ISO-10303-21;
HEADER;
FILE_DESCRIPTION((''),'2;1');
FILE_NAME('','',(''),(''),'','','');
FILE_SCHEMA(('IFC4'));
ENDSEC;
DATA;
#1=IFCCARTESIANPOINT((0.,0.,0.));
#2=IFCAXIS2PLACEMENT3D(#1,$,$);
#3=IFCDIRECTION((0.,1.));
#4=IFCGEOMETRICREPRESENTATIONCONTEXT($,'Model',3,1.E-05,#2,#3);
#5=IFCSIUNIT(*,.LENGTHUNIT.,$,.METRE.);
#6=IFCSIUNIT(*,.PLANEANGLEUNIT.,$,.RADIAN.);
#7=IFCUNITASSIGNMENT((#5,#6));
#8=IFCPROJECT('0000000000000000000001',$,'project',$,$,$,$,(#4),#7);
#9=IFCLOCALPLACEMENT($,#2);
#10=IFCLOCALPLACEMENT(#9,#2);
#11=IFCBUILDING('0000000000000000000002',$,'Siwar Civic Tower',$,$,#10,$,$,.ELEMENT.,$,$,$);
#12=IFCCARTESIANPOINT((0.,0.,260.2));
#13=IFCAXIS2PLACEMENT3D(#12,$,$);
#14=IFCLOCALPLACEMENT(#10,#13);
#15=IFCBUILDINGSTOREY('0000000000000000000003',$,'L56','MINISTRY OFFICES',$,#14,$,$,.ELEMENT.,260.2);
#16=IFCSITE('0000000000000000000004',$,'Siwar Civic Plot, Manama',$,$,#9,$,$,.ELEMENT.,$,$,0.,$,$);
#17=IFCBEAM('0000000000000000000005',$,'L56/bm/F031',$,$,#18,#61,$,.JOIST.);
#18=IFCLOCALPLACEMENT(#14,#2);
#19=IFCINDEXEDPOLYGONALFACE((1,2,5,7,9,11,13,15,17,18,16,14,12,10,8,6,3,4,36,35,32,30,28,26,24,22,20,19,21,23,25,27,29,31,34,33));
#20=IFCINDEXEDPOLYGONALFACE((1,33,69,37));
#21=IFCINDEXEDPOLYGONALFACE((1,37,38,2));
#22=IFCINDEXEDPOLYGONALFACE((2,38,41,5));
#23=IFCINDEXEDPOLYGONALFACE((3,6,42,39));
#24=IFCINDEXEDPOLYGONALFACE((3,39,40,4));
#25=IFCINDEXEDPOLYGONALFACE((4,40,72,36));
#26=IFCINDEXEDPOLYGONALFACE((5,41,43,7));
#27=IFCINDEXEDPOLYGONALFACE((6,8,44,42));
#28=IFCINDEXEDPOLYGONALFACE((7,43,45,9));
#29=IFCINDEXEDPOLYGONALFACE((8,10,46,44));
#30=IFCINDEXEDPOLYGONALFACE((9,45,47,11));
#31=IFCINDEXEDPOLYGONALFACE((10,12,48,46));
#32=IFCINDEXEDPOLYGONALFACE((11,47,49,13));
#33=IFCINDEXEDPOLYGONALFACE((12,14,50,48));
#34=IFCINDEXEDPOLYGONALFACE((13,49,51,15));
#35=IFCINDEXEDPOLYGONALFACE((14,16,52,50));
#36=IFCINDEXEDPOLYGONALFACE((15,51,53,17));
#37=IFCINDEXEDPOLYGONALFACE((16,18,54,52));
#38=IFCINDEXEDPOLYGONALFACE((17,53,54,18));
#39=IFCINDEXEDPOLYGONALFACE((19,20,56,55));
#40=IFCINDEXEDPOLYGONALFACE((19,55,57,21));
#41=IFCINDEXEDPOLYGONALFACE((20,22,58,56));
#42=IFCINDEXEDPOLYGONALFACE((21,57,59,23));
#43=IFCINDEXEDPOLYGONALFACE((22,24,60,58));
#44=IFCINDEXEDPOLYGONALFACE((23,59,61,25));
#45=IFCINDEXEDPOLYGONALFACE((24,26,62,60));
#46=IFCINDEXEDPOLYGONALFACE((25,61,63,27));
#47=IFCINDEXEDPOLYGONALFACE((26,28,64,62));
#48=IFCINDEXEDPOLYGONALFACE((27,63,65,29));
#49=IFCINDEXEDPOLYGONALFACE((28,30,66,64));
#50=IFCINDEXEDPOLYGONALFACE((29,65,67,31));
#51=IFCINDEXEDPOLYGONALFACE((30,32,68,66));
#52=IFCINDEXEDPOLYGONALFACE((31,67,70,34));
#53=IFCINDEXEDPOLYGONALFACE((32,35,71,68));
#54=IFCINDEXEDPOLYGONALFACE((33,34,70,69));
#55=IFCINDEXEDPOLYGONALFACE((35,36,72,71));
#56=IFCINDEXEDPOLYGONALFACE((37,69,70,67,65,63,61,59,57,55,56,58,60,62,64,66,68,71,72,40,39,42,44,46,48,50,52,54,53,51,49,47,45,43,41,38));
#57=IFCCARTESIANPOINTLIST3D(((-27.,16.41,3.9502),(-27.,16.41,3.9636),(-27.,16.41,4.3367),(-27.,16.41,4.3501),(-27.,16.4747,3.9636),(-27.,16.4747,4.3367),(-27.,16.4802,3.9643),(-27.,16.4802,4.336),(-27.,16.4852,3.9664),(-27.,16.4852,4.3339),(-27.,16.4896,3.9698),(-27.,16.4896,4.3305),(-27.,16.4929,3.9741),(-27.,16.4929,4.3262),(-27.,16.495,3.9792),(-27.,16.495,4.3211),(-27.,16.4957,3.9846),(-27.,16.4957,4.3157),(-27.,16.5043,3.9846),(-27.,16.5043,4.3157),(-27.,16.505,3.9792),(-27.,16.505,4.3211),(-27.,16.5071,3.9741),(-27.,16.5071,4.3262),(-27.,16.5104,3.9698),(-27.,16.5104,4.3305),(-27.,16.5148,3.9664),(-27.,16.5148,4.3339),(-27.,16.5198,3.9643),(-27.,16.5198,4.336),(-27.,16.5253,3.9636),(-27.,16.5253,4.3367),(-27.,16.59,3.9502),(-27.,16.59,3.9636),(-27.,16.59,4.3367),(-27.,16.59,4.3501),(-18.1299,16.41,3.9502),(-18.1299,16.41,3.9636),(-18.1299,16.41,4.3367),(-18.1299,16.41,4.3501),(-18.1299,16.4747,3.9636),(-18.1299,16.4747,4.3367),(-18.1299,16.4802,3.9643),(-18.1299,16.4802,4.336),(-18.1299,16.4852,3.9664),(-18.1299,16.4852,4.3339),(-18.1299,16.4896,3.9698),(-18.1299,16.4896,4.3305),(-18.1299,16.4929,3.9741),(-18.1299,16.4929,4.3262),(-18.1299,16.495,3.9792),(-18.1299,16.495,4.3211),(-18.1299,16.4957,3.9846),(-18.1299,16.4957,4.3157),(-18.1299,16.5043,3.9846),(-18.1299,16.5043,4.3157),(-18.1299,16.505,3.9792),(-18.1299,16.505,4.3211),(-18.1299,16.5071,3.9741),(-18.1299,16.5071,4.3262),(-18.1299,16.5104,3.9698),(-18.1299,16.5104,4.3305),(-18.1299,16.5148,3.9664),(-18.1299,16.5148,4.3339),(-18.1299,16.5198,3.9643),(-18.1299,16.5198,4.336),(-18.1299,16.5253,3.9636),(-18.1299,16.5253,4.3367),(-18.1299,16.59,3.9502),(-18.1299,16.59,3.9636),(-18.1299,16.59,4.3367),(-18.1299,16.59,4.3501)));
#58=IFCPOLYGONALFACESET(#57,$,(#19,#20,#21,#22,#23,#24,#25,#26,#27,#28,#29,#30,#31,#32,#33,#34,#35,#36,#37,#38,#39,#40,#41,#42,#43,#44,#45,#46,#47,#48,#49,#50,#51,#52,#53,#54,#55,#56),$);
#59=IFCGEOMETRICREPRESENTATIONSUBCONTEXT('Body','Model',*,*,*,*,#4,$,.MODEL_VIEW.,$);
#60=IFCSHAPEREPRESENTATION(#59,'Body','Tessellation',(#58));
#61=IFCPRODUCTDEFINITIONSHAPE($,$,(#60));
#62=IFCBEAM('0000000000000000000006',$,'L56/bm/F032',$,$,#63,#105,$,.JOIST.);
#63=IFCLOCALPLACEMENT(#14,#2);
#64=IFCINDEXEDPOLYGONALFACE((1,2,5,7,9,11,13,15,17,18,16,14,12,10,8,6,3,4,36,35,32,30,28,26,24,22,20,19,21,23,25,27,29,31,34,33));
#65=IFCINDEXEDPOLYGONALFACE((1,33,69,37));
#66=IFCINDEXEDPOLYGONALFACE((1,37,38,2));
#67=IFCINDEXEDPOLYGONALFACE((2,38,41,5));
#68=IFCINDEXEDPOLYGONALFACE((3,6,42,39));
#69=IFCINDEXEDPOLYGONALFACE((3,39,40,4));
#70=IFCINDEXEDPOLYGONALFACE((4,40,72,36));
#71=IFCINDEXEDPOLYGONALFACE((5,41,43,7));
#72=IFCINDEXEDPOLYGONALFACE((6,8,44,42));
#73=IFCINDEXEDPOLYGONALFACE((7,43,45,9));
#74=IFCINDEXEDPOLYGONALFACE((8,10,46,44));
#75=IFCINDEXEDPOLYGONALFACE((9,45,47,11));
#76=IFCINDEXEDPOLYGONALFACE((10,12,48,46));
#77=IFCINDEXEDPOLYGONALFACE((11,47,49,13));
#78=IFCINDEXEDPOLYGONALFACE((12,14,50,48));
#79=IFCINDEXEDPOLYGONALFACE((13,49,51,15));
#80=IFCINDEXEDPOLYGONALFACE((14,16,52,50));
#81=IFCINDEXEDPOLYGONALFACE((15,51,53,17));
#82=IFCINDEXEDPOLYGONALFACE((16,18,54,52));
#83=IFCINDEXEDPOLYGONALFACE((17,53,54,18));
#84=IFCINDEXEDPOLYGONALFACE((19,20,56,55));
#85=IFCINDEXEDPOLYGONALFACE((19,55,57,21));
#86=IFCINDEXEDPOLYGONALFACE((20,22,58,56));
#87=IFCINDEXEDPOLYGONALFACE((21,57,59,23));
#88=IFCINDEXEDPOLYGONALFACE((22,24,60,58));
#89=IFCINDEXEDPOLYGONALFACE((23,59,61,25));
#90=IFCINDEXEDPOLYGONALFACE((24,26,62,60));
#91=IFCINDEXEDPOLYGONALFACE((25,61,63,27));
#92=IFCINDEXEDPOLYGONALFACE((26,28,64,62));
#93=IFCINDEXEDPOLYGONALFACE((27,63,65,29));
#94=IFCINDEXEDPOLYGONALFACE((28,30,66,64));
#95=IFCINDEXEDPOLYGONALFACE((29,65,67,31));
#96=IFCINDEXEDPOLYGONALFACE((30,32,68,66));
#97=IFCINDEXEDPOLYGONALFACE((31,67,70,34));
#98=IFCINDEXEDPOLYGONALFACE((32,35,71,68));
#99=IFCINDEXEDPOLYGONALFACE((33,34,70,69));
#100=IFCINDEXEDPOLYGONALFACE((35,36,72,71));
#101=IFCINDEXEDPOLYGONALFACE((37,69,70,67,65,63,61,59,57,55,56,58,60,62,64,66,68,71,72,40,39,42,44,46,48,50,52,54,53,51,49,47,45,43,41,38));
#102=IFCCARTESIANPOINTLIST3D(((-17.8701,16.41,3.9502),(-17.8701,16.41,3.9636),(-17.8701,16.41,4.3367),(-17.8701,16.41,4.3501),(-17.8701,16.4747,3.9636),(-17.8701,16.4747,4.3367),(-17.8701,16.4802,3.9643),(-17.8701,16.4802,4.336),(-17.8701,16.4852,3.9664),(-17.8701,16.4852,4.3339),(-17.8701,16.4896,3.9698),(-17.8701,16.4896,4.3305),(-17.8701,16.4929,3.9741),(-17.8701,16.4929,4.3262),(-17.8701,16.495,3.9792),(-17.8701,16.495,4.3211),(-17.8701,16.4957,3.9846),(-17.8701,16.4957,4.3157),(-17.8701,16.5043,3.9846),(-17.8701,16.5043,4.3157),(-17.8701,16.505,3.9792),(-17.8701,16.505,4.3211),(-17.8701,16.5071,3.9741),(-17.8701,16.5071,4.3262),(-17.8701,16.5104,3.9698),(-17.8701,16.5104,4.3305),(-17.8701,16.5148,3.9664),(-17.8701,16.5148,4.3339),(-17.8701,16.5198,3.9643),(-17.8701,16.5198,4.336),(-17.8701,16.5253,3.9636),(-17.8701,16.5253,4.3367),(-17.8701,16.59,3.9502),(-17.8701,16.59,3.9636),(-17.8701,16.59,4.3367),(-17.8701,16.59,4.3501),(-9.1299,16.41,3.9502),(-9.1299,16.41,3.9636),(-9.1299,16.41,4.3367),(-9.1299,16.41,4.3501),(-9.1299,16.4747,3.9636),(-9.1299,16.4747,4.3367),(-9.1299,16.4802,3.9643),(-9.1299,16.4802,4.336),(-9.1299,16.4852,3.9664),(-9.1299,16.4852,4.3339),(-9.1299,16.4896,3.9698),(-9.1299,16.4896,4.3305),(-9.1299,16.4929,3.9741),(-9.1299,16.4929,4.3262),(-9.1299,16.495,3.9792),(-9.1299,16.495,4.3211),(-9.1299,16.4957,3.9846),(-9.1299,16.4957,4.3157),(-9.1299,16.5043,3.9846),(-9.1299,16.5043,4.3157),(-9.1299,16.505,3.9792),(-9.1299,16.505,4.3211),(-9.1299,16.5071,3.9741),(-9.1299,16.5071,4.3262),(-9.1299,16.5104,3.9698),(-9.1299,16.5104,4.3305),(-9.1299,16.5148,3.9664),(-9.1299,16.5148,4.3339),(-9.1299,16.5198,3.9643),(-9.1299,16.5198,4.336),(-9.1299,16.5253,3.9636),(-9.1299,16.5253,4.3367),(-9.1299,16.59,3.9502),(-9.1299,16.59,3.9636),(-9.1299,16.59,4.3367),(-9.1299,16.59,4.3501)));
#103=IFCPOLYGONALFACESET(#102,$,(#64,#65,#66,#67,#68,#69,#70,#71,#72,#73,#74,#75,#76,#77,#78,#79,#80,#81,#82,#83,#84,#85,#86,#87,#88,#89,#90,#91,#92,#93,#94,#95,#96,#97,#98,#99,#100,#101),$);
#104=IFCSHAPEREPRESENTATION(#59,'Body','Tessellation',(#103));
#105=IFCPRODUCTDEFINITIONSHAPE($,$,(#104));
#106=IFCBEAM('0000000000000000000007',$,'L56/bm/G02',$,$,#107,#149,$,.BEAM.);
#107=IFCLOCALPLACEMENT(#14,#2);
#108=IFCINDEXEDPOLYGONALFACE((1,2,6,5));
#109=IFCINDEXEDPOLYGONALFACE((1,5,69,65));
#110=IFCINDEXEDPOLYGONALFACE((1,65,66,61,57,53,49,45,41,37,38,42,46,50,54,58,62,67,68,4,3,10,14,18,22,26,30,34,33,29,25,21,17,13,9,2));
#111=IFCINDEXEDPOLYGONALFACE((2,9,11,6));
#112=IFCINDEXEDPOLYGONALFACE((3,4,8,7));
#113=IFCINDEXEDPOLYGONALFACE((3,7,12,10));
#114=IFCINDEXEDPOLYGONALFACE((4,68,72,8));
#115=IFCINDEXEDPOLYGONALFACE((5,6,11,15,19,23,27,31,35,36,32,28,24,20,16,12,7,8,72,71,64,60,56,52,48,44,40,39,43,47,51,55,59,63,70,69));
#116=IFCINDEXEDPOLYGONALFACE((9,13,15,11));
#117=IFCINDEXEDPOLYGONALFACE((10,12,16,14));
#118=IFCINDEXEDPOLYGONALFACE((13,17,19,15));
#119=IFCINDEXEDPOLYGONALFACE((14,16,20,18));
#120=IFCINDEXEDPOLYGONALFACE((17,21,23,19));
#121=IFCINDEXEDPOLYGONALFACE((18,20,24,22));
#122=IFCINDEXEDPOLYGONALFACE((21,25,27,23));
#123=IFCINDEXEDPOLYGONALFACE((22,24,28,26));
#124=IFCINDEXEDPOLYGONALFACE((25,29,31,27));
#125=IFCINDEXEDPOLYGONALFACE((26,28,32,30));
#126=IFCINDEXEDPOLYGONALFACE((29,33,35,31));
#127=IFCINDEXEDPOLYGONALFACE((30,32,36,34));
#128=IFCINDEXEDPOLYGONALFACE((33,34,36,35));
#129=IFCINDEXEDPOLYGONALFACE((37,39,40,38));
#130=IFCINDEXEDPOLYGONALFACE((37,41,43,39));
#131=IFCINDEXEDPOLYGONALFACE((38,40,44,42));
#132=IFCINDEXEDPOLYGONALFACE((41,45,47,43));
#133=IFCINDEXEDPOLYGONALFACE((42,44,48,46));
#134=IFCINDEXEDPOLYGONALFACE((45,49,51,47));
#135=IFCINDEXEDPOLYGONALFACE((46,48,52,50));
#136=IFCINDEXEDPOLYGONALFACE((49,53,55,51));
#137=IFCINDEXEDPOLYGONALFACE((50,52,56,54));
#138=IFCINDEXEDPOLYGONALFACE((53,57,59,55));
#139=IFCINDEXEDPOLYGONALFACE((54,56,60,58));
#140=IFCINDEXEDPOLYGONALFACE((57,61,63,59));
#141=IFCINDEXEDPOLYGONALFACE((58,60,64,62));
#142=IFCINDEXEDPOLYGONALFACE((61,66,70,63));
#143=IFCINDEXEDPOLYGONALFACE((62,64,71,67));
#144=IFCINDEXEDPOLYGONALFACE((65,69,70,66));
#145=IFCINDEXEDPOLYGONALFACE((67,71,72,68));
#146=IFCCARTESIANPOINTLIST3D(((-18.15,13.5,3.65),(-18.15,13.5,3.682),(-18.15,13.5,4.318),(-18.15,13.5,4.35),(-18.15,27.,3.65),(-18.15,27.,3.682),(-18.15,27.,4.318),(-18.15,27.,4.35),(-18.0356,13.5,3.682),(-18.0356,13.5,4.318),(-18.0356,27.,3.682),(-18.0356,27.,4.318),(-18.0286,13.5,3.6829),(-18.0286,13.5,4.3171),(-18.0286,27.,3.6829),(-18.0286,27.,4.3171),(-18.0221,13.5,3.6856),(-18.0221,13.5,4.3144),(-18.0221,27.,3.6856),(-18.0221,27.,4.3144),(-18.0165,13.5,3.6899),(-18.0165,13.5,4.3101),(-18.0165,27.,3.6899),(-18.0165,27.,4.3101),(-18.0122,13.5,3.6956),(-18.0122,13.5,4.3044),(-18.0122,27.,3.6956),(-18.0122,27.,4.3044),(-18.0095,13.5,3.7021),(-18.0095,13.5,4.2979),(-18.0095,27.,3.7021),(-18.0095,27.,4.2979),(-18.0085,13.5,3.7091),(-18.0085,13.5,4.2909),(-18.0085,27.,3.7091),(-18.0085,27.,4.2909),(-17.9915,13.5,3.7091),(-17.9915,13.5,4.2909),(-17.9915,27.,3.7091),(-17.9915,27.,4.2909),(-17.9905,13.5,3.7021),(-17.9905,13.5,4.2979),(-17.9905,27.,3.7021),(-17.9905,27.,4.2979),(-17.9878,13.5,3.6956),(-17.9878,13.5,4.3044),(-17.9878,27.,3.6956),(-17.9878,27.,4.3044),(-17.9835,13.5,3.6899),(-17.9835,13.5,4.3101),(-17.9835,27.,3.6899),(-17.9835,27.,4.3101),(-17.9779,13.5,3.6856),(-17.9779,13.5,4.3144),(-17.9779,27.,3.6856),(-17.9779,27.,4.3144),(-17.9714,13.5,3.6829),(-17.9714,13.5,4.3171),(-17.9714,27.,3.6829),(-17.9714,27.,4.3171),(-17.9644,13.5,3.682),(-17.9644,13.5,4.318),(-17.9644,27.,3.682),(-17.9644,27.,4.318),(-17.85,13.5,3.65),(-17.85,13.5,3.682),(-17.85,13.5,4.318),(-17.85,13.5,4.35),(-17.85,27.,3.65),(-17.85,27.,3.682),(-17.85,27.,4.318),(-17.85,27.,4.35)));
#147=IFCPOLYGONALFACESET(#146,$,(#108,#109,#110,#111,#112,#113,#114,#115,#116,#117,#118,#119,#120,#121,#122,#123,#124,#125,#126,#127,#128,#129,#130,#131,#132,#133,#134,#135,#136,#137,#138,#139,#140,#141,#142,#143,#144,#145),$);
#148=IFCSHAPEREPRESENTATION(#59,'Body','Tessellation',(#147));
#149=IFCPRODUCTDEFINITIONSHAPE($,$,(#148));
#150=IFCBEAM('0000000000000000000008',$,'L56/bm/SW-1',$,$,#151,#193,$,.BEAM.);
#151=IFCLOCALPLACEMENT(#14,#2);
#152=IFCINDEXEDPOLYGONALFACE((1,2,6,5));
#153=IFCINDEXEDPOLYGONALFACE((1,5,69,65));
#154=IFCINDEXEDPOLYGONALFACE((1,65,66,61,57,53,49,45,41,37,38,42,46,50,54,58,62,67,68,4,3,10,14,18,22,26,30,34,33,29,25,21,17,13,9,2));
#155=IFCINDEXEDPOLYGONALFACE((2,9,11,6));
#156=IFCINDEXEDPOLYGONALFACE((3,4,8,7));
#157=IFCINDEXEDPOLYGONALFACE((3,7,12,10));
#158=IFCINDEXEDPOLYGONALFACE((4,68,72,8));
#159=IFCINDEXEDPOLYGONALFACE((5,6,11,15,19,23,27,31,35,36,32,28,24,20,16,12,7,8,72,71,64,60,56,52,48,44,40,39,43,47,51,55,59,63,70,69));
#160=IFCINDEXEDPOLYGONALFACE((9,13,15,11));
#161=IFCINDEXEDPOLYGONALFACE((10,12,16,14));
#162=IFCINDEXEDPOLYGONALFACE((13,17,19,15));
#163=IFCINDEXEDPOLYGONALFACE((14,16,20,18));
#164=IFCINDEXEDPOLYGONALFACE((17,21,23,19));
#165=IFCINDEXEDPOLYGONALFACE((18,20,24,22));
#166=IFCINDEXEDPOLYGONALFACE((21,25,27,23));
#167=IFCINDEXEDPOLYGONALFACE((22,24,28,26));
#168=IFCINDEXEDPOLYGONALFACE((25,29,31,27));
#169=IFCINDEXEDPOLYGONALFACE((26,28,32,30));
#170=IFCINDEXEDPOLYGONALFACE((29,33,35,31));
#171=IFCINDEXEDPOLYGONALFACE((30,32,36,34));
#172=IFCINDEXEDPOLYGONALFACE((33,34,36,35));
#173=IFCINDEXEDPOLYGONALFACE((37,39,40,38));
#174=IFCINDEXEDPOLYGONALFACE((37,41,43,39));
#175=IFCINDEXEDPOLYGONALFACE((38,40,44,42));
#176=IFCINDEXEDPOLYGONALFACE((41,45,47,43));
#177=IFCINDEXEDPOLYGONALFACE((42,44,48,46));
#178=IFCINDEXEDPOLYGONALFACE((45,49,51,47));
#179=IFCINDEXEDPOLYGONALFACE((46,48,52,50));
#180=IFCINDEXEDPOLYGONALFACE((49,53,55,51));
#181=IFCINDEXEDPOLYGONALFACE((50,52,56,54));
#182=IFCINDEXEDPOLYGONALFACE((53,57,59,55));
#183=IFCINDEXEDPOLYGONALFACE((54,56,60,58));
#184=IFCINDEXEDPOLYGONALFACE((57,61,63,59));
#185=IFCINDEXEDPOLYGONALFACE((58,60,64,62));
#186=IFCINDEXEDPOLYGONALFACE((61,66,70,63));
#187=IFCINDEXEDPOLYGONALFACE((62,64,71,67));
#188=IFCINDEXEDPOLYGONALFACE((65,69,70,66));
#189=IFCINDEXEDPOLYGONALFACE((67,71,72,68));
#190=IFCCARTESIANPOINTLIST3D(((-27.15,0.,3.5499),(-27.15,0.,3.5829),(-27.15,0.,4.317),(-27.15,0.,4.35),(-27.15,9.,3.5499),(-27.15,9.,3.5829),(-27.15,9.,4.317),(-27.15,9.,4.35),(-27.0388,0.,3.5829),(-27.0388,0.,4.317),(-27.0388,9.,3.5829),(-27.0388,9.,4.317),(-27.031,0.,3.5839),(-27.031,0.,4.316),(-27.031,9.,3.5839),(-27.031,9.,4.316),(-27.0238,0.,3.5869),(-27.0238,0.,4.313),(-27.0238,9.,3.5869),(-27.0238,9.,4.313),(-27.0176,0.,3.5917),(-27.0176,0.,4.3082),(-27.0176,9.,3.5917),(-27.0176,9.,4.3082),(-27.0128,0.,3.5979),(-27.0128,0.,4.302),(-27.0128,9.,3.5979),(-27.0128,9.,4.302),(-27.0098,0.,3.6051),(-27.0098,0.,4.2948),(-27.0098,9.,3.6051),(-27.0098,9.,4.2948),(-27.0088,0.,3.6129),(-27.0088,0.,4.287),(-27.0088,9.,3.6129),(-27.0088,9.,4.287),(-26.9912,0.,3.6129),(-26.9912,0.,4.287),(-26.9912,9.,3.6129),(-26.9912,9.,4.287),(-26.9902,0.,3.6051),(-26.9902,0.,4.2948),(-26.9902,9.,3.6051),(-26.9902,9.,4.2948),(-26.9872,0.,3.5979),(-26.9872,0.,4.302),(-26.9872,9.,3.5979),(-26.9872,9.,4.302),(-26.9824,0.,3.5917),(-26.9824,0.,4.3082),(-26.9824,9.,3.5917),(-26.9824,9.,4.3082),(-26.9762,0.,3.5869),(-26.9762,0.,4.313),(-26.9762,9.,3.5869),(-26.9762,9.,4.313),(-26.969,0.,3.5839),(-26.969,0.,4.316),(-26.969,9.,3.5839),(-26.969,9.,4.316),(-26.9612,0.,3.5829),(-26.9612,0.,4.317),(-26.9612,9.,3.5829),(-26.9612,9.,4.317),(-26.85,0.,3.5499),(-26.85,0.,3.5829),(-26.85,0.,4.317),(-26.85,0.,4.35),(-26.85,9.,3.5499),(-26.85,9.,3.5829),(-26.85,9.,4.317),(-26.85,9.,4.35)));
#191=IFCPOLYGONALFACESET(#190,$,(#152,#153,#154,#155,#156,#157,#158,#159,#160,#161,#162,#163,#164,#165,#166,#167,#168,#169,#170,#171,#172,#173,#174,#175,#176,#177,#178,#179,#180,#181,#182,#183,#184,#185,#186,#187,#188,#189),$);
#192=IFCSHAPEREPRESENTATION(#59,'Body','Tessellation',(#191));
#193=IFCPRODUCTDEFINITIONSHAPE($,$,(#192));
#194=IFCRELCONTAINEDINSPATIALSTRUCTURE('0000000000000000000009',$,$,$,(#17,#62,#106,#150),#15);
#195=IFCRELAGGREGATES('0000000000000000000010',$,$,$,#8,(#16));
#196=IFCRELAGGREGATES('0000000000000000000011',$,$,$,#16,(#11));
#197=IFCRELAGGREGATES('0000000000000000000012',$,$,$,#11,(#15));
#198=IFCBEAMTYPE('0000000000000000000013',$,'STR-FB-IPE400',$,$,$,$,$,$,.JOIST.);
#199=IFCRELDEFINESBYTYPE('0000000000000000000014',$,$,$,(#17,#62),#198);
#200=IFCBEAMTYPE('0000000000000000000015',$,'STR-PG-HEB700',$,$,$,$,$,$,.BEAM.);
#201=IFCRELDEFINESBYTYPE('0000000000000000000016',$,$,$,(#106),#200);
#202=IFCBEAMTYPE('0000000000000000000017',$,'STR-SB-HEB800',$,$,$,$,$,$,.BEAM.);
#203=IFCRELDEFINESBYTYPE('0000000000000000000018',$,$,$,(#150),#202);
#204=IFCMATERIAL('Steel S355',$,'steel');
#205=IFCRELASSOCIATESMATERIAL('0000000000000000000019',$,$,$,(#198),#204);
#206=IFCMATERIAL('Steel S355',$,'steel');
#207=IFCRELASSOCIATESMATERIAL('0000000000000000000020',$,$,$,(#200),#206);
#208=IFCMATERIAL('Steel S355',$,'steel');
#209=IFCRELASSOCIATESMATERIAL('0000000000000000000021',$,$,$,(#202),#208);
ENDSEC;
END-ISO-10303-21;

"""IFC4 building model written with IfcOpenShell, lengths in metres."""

from ifc_helpers import new_model, si_unit, direction, frame, origin, origin_2d, place, context, subcontext, project, spatial, i_section, extrude, material, material_profile, profile_set, type_object, element, save


model = new_model("IFC4")

# Units and contexts
model_context = context("Model", 3, precision=1e-05, world=origin(), true_north=direction((0.0, 1.0)))
body_context = subcontext(model_context, "Body", "Model", "MODEL_VIEW")
ifc_project = project(units=[si_unit("LENGTHUNIT", "METRE"), si_unit("PLANEANGLEUNIT", "RADIAN")], contexts=[model_context])

# Site, building, storey
site_placement = place(None, origin())
site = spatial("IfcSite", under=ifc_project, at=site_placement, Name="Siwar Civic Plot, Manama", CompositionType="ELEMENT", RefElevation=0.0)
building_placement = place(site_placement, origin())
building = spatial("IfcBuilding", under=site, at=building_placement, Name="Siwar Civic Tower", CompositionType="ELEMENT")
storey_placement = place(building_placement, frame((0.0, 0.0, 260.2)))
storey = spatial("IfcBuildingStorey", under=building, at=storey_placement, Name="L56", Description="MINISTRY OFFICES", CompositionType="ELEMENT", Elevation=260.2)

# Beams
ifc_material_1 = material(Name="Steel S355", Category="steel")
ifc_material_profile_1 = material_profile(ifc_material_1, i_section(OverallWidth=0.1799, OverallDepth=0.3999, WebThickness=0.0085, FlangeThickness=0.0134, FilletRadius=0.021, at=origin_2d()), Name="IPE400")
ifc_profile_set_1 = profile_set([ifc_material_profile_1], Name="Steel S355")
beam_type_1 = type_object("IfcBeamType", Name="STR-FB-IPE400", PredefinedType="JOIST", material=ifc_profile_set_1)
beam_1_placement = place(storey_placement, frame((-27.0, 16.5, 4.1501), z_axis=(1.0, 0.0, 0.0), x_axis=(0.0, 1.0, 0.0)))
element("IfcBeam", 1, at=beam_1_placement, inside=storey, type_object=beam_type_1, Name="L56/bm/F031", PredefinedType="JOIST", context=body_context, shape_type="SweptSolid", body=[
    extrude(i_section(OverallWidth=0.1799, OverallDepth=0.3999, WebThickness=0.0085, FlangeThickness=0.0134, FilletRadius=0.021, at=origin_2d()), origin(), (0.0, 0.0, 1.0), 8.8701),
])
beam_2_placement = place(storey_placement, frame((-17.8701, 16.5, 4.1501), z_axis=(1.0, 0.0, 0.0), x_axis=(0.0, 1.0, 0.0)))
element("IfcBeam", 2, at=beam_2_placement, inside=storey, type_object=beam_type_1, Name="L56/bm/F032", PredefinedType="JOIST", context=body_context, shape_type="SweptSolid", body=[
    extrude(i_section(OverallWidth=0.1799, OverallDepth=0.3999, WebThickness=0.0085, FlangeThickness=0.0134, FilletRadius=0.021, at=origin_2d()), origin(), (0.0, 0.0, 1.0), 8.7402),
])
ifc_material_2 = material(Name="Steel S355", Category="steel")
ifc_material_profile_2 = material_profile(ifc_material_2, i_section(OverallWidth=0.3, OverallDepth=0.7, WebThickness=0.0171, FlangeThickness=0.032, FilletRadius=0.0271, at=origin_2d()), Name="HEB700")
ifc_profile_set_2 = profile_set([ifc_material_profile_2], Name="Steel S355")
beam_type_2 = type_object("IfcBeamType", Name="STR-PG-HEB700", PredefinedType="BEAM", material=ifc_profile_set_2)
beam_3_placement = place(storey_placement, frame((-18.0, 13.5, 4.0), z_axis=(0.0, 1.0, 0.0), x_axis=(-1.0, 0.0, 0.0)))
element("IfcBeam", 3, at=beam_3_placement, inside=storey, type_object=beam_type_2, Name="L56/bm/G02", PredefinedType="BEAM", context=body_context, shape_type="SweptSolid", body=[
    extrude(i_section(OverallWidth=0.3, OverallDepth=0.7, WebThickness=0.0171, FlangeThickness=0.032, FilletRadius=0.0271, at=origin_2d()), origin(), (0.0, 0.0, 1.0), 13.5),
])
ifc_material_3 = material(Name="Steel S355", Category="steel")
ifc_material_profile_3 = material_profile(ifc_material_3, i_section(OverallWidth=0.3, OverallDepth=0.8, WebThickness=0.0176, FlangeThickness=0.033, FilletRadius=0.03, at=origin_2d()), Name="HEB800")
ifc_profile_set_3 = profile_set([ifc_material_profile_3], Name="Steel S355")
beam_type_3 = type_object("IfcBeamType", Name="STR-SB-HEB800", PredefinedType="BEAM", material=ifc_profile_set_3)
beam_4_placement = place(storey_placement, frame((-27.0, 9.0, 3.95), z_axis=(0.0, -1.0, 0.0), x_axis=(1.0, 0.0, 0.0)))
element("IfcBeam", 4, at=beam_4_placement, inside=storey, type_object=beam_type_3, Name="L56/bm/SW-1", PredefinedType="BEAM", context=body_context, shape_type="SweptSolid", body=[
    extrude(i_section(OverallWidth=0.3, OverallDepth=0.8, WebThickness=0.0176, FlangeThickness=0.033, FilletRadius=0.03, at=origin_2d()), origin(), (0.0, 0.0, 1.0), 9.0),
])

save(model, "model.ifc")
